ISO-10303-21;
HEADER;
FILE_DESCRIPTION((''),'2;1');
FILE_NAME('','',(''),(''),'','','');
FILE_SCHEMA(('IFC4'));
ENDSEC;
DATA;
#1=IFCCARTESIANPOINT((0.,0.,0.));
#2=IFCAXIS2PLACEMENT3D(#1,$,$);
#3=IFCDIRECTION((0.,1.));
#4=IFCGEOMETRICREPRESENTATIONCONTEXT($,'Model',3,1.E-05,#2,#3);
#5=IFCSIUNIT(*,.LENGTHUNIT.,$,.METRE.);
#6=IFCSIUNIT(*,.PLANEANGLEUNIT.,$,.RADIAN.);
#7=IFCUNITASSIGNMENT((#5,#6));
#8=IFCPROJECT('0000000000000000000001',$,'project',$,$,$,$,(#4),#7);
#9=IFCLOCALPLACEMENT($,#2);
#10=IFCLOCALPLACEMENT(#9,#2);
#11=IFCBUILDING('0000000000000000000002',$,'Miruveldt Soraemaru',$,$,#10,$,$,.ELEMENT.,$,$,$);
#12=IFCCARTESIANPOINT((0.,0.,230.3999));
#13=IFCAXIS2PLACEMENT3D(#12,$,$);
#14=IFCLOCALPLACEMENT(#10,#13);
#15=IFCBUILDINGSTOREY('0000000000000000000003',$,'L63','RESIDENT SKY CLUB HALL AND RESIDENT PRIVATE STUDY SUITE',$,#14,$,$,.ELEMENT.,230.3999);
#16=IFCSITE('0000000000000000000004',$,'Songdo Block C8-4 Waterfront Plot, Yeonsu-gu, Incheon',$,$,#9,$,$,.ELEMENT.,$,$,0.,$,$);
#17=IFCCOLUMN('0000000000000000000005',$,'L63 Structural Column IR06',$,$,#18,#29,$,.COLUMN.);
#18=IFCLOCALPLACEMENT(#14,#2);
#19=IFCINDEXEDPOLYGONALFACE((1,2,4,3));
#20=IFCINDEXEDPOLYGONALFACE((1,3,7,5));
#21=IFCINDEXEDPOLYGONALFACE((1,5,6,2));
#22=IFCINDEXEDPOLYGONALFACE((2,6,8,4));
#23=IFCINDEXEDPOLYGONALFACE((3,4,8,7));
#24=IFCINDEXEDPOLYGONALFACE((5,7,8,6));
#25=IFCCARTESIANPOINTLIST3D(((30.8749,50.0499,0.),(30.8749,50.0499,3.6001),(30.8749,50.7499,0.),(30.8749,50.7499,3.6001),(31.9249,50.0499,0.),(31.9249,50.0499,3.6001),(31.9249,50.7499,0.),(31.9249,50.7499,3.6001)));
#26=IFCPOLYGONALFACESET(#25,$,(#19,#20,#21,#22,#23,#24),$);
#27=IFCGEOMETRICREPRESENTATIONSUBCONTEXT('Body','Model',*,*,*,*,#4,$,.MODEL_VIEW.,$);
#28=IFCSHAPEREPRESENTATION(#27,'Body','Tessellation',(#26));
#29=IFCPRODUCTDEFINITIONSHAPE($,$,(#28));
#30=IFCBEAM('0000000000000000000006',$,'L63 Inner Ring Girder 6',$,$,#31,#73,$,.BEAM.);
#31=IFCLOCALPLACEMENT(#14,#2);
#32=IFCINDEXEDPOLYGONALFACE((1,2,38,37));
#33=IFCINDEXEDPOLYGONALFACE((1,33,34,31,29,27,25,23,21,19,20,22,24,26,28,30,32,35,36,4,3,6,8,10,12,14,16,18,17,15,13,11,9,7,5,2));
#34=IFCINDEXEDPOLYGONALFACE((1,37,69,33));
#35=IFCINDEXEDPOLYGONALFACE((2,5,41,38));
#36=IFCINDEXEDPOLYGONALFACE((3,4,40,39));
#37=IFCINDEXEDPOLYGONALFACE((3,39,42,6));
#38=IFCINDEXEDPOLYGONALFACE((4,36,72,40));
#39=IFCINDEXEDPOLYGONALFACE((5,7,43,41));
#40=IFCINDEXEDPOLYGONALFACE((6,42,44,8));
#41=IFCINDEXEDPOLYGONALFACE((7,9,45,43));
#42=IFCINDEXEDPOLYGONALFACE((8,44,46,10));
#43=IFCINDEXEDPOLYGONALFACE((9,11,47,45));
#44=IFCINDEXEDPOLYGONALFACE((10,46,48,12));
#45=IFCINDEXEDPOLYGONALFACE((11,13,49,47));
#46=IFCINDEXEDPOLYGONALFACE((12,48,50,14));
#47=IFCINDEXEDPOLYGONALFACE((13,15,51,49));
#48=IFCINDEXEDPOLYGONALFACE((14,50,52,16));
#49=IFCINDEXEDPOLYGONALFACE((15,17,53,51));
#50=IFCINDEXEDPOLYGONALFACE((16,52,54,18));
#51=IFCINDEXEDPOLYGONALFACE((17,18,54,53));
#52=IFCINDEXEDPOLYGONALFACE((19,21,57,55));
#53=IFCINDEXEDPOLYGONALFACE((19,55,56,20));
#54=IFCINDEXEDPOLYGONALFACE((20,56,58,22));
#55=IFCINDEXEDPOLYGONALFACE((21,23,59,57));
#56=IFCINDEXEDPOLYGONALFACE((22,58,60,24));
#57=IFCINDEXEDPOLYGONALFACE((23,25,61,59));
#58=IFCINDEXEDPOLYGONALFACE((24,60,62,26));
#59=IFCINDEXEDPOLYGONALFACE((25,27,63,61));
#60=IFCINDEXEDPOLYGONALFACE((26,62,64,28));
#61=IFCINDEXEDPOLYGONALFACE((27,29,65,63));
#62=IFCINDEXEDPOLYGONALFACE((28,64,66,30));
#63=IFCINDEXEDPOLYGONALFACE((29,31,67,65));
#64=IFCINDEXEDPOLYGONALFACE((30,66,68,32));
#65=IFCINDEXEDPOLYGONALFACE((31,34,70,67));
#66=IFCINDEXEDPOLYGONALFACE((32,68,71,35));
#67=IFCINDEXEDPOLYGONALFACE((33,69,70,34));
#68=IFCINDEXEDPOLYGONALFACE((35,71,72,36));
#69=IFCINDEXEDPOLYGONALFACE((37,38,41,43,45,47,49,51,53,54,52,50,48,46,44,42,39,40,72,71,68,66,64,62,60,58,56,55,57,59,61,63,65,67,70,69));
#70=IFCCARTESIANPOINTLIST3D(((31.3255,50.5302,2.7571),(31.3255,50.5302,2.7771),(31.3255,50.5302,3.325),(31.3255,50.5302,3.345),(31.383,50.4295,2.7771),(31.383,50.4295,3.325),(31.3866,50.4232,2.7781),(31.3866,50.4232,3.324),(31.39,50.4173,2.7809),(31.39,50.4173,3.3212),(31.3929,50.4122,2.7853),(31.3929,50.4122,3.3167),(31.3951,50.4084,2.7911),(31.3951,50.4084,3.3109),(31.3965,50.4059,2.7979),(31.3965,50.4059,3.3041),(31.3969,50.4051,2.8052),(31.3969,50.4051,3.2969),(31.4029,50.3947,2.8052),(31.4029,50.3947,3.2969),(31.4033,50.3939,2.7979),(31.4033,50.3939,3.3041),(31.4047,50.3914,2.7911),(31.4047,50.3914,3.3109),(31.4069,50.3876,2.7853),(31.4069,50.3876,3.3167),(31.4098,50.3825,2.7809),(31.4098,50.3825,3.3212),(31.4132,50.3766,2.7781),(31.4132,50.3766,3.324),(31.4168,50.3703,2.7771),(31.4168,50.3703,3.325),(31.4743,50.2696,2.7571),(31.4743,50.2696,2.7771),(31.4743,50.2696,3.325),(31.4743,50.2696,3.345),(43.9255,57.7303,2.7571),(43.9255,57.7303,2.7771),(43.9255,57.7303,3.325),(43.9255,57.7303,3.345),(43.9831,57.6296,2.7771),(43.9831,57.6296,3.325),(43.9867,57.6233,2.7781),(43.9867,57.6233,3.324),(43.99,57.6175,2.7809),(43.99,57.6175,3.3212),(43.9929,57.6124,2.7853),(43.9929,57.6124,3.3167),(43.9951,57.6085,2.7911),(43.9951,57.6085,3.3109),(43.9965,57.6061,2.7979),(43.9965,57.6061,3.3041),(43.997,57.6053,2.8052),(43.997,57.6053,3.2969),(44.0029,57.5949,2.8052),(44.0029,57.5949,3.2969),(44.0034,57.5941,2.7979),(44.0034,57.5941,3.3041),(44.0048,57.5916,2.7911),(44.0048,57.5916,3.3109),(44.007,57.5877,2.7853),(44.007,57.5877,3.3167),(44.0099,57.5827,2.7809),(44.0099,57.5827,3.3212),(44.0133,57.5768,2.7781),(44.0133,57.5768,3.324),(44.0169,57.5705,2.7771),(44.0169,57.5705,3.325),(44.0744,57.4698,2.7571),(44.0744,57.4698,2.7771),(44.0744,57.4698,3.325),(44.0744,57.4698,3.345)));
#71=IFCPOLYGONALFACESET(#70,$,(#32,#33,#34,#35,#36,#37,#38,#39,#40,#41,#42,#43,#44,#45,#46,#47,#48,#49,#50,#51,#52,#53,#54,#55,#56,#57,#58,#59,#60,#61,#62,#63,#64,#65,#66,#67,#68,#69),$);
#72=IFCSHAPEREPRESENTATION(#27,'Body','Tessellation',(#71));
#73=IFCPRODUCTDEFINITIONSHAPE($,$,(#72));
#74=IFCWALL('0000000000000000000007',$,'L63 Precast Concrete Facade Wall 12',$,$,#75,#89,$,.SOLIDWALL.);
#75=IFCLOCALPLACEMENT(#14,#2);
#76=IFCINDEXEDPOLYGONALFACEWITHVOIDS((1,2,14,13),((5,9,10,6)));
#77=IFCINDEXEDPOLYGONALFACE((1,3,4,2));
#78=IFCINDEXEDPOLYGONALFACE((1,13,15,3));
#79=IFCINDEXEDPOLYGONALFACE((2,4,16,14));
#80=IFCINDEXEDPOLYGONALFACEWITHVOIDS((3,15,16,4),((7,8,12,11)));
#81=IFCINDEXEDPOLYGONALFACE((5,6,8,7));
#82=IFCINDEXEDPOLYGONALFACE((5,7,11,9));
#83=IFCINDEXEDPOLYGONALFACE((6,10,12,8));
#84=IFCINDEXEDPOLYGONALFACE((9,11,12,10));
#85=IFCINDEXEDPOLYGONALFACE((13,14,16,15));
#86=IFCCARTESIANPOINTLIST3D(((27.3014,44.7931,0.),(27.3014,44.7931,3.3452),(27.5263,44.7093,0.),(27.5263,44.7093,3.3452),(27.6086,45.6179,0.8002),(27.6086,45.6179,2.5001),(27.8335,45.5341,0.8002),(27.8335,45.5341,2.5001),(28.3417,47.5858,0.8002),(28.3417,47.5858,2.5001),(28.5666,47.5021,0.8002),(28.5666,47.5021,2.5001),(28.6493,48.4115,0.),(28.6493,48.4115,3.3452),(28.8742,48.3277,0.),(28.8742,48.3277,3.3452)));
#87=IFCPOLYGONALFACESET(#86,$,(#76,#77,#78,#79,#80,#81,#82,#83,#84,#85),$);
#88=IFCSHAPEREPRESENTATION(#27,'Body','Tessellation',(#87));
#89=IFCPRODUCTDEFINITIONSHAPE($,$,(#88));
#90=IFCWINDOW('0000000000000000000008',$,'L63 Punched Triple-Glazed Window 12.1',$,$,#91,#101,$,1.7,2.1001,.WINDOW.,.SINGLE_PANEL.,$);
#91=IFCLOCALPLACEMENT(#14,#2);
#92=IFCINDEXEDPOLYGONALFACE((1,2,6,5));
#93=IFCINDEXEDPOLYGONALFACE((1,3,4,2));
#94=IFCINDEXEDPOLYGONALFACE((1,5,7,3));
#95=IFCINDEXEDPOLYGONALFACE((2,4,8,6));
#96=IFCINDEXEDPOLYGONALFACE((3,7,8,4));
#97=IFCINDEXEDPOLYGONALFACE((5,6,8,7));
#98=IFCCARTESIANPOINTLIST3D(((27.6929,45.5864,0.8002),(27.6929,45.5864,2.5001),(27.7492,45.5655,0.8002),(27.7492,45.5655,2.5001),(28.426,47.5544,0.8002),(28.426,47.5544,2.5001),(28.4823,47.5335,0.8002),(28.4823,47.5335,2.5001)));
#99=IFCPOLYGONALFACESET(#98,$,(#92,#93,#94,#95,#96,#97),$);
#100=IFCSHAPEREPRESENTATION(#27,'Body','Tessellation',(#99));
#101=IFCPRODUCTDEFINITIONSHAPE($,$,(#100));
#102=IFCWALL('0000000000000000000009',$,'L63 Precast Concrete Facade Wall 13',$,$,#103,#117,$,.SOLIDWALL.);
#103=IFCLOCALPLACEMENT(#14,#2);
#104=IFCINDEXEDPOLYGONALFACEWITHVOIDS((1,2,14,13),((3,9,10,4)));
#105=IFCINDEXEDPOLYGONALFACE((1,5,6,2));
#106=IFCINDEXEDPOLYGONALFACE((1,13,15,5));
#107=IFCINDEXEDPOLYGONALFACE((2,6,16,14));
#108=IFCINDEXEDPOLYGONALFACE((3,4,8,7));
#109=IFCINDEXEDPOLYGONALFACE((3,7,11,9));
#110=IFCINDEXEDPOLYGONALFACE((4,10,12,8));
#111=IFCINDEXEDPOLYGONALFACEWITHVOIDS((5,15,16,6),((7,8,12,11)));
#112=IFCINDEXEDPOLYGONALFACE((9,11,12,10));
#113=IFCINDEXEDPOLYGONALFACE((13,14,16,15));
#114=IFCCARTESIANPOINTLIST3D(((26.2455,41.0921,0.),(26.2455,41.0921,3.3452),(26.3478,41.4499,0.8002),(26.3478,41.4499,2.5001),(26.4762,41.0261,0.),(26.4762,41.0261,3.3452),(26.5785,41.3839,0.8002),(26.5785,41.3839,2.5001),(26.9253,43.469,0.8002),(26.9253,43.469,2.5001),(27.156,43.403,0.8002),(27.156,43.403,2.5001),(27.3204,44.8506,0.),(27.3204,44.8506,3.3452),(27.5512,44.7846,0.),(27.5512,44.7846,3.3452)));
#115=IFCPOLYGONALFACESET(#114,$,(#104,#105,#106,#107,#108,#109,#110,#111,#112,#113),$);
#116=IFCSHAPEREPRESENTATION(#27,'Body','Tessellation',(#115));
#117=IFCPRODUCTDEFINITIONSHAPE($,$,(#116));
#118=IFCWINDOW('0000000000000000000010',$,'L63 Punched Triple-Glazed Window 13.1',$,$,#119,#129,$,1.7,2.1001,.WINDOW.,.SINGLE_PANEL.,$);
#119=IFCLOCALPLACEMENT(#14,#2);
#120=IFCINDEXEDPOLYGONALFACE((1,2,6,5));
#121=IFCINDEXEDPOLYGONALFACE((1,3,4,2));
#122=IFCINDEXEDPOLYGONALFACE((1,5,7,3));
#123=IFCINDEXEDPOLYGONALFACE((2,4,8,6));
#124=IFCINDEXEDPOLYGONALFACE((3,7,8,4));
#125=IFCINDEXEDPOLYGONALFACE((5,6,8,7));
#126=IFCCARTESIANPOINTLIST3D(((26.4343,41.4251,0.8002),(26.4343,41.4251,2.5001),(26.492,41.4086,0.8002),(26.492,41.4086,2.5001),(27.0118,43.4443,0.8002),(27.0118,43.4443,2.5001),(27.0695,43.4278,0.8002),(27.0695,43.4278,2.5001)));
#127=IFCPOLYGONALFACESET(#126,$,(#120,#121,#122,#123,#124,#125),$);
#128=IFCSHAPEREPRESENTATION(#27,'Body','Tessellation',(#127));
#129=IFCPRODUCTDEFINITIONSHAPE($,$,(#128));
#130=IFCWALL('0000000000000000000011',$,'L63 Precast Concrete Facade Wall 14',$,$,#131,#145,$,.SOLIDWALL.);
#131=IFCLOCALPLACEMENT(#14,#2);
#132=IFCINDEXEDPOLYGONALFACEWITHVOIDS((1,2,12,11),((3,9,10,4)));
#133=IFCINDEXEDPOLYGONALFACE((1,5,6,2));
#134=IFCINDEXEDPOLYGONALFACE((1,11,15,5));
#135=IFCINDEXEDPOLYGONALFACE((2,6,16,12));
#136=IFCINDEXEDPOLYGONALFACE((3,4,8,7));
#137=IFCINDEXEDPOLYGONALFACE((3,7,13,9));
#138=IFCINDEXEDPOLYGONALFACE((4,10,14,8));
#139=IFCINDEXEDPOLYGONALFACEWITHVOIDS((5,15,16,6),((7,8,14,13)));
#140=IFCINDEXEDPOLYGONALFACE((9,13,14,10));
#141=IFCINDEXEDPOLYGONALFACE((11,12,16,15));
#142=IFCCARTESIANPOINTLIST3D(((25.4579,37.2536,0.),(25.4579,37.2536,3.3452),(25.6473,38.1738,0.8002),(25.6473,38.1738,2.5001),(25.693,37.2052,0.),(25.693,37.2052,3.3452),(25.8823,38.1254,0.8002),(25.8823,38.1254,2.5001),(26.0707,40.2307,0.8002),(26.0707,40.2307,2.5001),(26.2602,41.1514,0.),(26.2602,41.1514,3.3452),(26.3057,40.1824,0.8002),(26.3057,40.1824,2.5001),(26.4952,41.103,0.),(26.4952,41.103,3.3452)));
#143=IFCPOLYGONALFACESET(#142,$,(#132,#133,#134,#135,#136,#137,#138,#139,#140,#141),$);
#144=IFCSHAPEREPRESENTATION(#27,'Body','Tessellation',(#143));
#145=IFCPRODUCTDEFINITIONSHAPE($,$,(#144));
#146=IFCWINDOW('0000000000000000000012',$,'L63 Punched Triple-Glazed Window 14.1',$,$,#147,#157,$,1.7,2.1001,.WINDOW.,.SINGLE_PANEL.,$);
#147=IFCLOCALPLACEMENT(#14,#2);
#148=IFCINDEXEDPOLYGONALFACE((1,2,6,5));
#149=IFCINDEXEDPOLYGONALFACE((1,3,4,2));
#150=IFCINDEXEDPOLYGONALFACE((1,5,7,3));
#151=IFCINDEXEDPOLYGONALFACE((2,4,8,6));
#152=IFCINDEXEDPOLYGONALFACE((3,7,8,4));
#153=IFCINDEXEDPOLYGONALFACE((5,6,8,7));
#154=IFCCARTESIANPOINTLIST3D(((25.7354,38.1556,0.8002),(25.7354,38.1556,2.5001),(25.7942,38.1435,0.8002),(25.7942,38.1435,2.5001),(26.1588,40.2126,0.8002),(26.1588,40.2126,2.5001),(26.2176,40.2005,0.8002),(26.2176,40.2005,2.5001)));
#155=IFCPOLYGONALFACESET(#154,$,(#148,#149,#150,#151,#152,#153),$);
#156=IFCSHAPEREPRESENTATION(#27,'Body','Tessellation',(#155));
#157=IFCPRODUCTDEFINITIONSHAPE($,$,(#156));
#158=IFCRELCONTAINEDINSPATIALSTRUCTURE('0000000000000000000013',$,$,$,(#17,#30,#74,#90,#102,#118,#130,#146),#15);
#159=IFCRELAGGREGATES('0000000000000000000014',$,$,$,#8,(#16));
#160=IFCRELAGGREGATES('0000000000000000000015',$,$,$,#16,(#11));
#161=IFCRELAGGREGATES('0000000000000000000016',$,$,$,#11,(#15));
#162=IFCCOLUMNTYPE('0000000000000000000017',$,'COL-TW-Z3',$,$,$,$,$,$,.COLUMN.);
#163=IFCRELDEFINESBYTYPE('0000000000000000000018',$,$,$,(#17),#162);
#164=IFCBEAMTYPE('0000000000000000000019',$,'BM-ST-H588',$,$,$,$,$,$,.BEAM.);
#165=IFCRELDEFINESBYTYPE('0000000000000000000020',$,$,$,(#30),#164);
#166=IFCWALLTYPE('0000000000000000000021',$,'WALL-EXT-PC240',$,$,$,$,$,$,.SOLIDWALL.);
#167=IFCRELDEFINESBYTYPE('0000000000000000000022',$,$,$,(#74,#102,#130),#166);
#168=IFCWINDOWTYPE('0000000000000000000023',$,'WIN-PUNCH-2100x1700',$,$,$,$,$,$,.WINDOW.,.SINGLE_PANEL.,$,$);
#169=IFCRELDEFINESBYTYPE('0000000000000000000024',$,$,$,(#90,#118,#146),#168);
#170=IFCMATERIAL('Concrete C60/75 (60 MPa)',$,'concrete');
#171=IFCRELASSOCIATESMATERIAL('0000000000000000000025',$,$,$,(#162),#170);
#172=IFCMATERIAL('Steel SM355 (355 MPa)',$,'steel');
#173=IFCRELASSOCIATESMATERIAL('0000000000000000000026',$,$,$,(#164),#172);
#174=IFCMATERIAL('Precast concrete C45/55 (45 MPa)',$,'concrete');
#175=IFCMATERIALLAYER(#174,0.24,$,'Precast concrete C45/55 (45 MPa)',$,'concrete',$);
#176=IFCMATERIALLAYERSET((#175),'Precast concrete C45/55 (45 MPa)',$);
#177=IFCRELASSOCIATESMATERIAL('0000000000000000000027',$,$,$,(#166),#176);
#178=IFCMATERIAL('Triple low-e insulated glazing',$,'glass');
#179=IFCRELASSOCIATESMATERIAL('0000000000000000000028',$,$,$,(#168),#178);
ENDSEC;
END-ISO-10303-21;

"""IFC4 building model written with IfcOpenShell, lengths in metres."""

from ifc_helpers import new_model, si_unit, direction, frame, frame_2d, origin, origin_2d, place, context, subcontext, project, spatial, rectangle, i_section, extrude, material, layer, layer_set, material_profile, profile_set, type_object, element, fill, save


model = new_model("IFC4")

# Units and contexts
model_context = context("Model", 3, precision=1e-05, world=origin(), true_north=direction((0.0, 1.0)))
body_context = subcontext(model_context, "Body", "Model", "MODEL_VIEW")
ifc_project = project(units=[si_unit("LENGTHUNIT", "METRE"), si_unit("PLANEANGLEUNIT", "RADIAN")], contexts=[model_context])

# Site, building, storey
site_placement = place(None, origin())
site = spatial("IfcSite", under=ifc_project, at=site_placement, Name="Songdo Block C8-4 Waterfront Plot, Yeonsu-gu, Incheon", CompositionType="ELEMENT", RefElevation=0.0)
building_placement = place(site_placement, origin())
building = spatial("IfcBuilding", under=site, at=building_placement, Name="Miruveldt Soraemaru", CompositionType="ELEMENT")
storey_placement = place(building_placement, frame((0.0, 0.0, 230.3999)))
storey = spatial("IfcBuildingStorey", under=building, at=storey_placement, Name="L63", Description="RESIDENT SKY CLUB HALL AND RESIDENT PRIVATE STUDY SUITE", CompositionType="ELEMENT", Elevation=230.3999)

# Column
ifc_material_1 = material(Name="Concrete C60/75 (60 MPa)", Category="concrete")
ifc_material_profile_1 = material_profile(ifc_material_1, rectangle(XDim=1.05, YDim=0.7, at=origin_2d()), Name="Concrete C60/75 (60 MPa)", Category="concrete")
ifc_profile_set_1 = profile_set([ifc_material_profile_1], Name="Concrete C60/75 (60 MPa)")
column_type = type_object("IfcColumnType", Name="COL-TW-Z3", PredefinedType="COLUMN", material=ifc_profile_set_1)
column_placement = place(storey_placement, frame((31.3999, 50.3999, 0.0), z_axis=(0.0, 0.0, 1.0), x_axis=(1.0, 0.0, 0.0)))
element("IfcColumn", 1, at=column_placement, inside=storey, type_object=column_type, Name="L63 Structural Column IR06", PredefinedType="COLUMN", context=body_context, shape_type="SweptSolid", body=[
    extrude(rectangle(XDim=1.05, YDim=0.7, at=origin_2d()), origin(), (0.0, 0.0, 1.0), 3.6001),
])

# Beam
ifc_material_2 = material(Name="Steel SM355 (355 MPa)", Category="steel")
ifc_material_profile_2 = material_profile(ifc_material_2, i_section(OverallWidth=0.3, OverallDepth=0.5879, WebThickness=0.012, FlangeThickness=0.02, FilletRadius=0.0281, at=origin_2d()), Name="Steel SM355 (355 MPa)", Category="steel")
ifc_profile_set_2 = profile_set([ifc_material_profile_2], Name="Steel SM355 (355 MPa)")
beam_type = type_object("IfcBeamType", Name="BM-ST-H588", PredefinedType="BEAM", material=ifc_profile_set_2)
beam_placement = place(storey_placement, frame((31.3999, 50.3999, 3.051), z_axis=(0.868239, 0.496146, 0.0), x_axis=(-0.496146, 0.868239, 0.0)))
element("IfcBeam", 2, at=beam_placement, inside=storey, type_object=beam_type, Name="L63 Inner Ring Girder 6", PredefinedType="BEAM", context=body_context, shape_type="SweptSolid", body=[
    extrude(i_section(OverallWidth=0.3, OverallDepth=0.5879, WebThickness=0.012, FlangeThickness=0.02, FilletRadius=0.0281, at=origin_2d()), origin(), (0.0, 0.0, 1.0), 14.5122),
])

# Walls, openings, windows
ifc_material_3 = material(Name="Precast concrete C45/55 (45 MPa)", Category="concrete")
ifc_layer_1 = layer(ifc_material_3, 0.24, Name="Precast concrete C45/55 (45 MPa)", Category="concrete")
ifc_layer_set_1 = layer_set([ifc_layer_1], Name="Precast concrete C45/55 (45 MPa)")
wall_type_1 = type_object("IfcWallType", Name="WALL-EXT-PC240", PredefinedType="SOLIDWALL", material=ifc_layer_set_1)
wall_1_placement = place(storey_placement, frame((28.7617, 48.3696, 0.0), z_axis=(0.0, 0.0, 1.0), x_axis=(-0.349079, -0.937093, 0.0)))
wall_1 = element("IfcWall", 3, at=wall_1_placement, inside=storey, type_object=wall_type_1, Name="L63 Precast Concrete Facade Wall 12", PredefinedType="SOLIDWALL", context=body_context, shape_type="SweptSolid", body=[
    extrude(rectangle(XDim=3.8613, YDim=0.24, at=frame_2d((1.9307, 0.0))), origin(), (0.0, 0.0, 1.0), 3.3452),
])
opening_1_placement = place(wall_1_placement, frame((0.8811, 0.0, 0.8)))
opening_1 = element("IfcOpeningElement", 4, at=opening_1_placement, cuts=wall_1, PredefinedType="OPENING", context=body_context, shape_type="SweptSolid", body=[
    extrude(rectangle(XDim=2.1001, YDim=1.7, at=frame_2d((1.05, 0.8501))), frame((0.0, 0.1299, 0.0), z_axis=(0.0, -1.0, 0.0), x_axis=(1.0, 0.0, 0.0)), (0.0, 0.0, 1.0), 0.26),
])
ifc_material_4 = material(Name="Triple low-e insulated glazing", Category="glass")
window_type = type_object("IfcWindowType", Name="WIN-PUNCH-2100x1700", PartitioningType="SINGLE_PANEL", PredefinedType="WINDOW", material=ifc_material_4)
window_1_placement = place(opening_1_placement, origin())
window_1 = element("IfcWindow", 5, at=window_1_placement, inside=storey, type_object=window_type, Name="L63 Punched Triple-Glazed Window 12.1", OverallHeight=1.7, OverallWidth=2.1001, PartitioningType="SINGLE_PANEL", PredefinedType="WINDOW", context=body_context, shape_type="SweptSolid", body=[
    extrude(rectangle(XDim=2.1001, YDim=1.7, at=frame_2d((1.05, 0.8501))), frame((0.0, 0.03, 0.0), z_axis=(0.0, -1.0, 0.0), x_axis=(1.0, 0.0, 0.0)), (0.0, 0.0, 1.0), 0.0601),
])
fill(opening_1, window_1)
wall_2_placement = place(storey_placement, frame((27.4358, 44.8176, 0.0), z_axis=(0.0, 0.0, 1.0), x_axis=(-0.274977, -0.961451, 0.0)))
wall_2 = element("IfcWall", 6, at=wall_2_placement, inside=storey, type_object=wall_type_1, Name="L63 Precast Concrete Facade Wall 13", PredefinedType="SOLIDWALL", context=body_context, shape_type="SweptSolid", body=[
    extrude(rectangle(XDim=3.9092, YDim=0.24, at=frame_2d((1.9546, 0.0))), origin(), (0.0, 0.0, 1.0), 3.3452),
])
opening_2_placement = place(wall_2_placement, frame((1.437, 0.0, 0.8)))
opening_2 = element("IfcOpeningElement", 7, at=opening_2_placement, cuts=wall_2, PredefinedType="OPENING", context=body_context, shape_type="SweptSolid", body=[
    extrude(rectangle(XDim=2.1001, YDim=1.7, at=frame_2d((1.05, 0.8501))), frame((0.0, 0.1299, 0.0), z_axis=(0.0, -1.0, 0.0), x_axis=(1.0, 0.0, 0.0)), (0.0, 0.0, 1.0), 0.26),
])
window_2_placement = place(opening_2_placement, origin())
window_2 = element("IfcWindow", 8, at=window_2_placement, inside=storey, type_object=window_type, Name="L63 Punched Triple-Glazed Window 13.1", OverallHeight=1.7, OverallWidth=2.1001, PartitioningType="SINGLE_PANEL", PredefinedType="WINDOW", context=body_context, shape_type="SweptSolid", body=[
    extrude(rectangle(XDim=2.1001, YDim=1.7, at=frame_2d((1.05, 0.8501))), frame((0.0, 0.03, 0.0), z_axis=(0.0, -1.0, 0.0), x_axis=(1.0, 0.0, 0.0)), (0.0, 0.0, 1.0), 0.0601),
])
fill(opening_2, window_2)
wall_3_placement = place(storey_placement, frame((26.3777, 41.1272, 0.0), z_axis=(0.0, 0.0, 1.0), x_axis=(-0.201599, -0.979468, 0.0)))
wall_3 = element("IfcWall", 9, at=wall_3_placement, inside=storey, type_object=wall_type_1, Name="L63 Precast Concrete Facade Wall 14", PredefinedType="SOLIDWALL", context=body_context, shape_type="SweptSolid", body=[
    extrude(rectangle(XDim=3.9795, YDim=0.24, at=frame_2d((1.9897, 0.0))), origin(), (0.0, 0.0, 1.0), 3.3452),
])
opening_3_placement = place(wall_3_placement, frame((0.9399, 0.0, 0.8)))
opening_3 = element("IfcOpeningElement", 10, at=opening_3_placement, cuts=wall_3, PredefinedType="OPENING", context=body_context, shape_type="SweptSolid", body=[
    extrude(rectangle(XDim=2.1001, YDim=1.7, at=frame_2d((1.05, 0.8501))), frame((0.0, 0.1299, 0.0), z_axis=(0.0, -1.0, 0.0), x_axis=(1.0, 0.0, 0.0)), (0.0, 0.0, 1.0), 0.26),
])
window_3_placement = place(opening_3_placement, origin())
window_3 = element("IfcWindow", 11, at=window_3_placement, inside=storey, type_object=window_type, Name="L63 Punched Triple-Glazed Window 14.1", OverallHeight=1.7, OverallWidth=2.1001, PartitioningType="SINGLE_PANEL", PredefinedType="WINDOW", context=body_context, shape_type="SweptSolid", body=[
    extrude(rectangle(XDim=2.1001, YDim=1.7, at=frame_2d((1.05, 0.8501))), frame((0.0, 0.03, 0.0), z_axis=(0.0, -1.0, 0.0), x_axis=(1.0, 0.0, 0.0)), (0.0, 0.0, 1.0), 0.0601),
])
fill(opening_3, window_3)

save(model, "model.ifc")
